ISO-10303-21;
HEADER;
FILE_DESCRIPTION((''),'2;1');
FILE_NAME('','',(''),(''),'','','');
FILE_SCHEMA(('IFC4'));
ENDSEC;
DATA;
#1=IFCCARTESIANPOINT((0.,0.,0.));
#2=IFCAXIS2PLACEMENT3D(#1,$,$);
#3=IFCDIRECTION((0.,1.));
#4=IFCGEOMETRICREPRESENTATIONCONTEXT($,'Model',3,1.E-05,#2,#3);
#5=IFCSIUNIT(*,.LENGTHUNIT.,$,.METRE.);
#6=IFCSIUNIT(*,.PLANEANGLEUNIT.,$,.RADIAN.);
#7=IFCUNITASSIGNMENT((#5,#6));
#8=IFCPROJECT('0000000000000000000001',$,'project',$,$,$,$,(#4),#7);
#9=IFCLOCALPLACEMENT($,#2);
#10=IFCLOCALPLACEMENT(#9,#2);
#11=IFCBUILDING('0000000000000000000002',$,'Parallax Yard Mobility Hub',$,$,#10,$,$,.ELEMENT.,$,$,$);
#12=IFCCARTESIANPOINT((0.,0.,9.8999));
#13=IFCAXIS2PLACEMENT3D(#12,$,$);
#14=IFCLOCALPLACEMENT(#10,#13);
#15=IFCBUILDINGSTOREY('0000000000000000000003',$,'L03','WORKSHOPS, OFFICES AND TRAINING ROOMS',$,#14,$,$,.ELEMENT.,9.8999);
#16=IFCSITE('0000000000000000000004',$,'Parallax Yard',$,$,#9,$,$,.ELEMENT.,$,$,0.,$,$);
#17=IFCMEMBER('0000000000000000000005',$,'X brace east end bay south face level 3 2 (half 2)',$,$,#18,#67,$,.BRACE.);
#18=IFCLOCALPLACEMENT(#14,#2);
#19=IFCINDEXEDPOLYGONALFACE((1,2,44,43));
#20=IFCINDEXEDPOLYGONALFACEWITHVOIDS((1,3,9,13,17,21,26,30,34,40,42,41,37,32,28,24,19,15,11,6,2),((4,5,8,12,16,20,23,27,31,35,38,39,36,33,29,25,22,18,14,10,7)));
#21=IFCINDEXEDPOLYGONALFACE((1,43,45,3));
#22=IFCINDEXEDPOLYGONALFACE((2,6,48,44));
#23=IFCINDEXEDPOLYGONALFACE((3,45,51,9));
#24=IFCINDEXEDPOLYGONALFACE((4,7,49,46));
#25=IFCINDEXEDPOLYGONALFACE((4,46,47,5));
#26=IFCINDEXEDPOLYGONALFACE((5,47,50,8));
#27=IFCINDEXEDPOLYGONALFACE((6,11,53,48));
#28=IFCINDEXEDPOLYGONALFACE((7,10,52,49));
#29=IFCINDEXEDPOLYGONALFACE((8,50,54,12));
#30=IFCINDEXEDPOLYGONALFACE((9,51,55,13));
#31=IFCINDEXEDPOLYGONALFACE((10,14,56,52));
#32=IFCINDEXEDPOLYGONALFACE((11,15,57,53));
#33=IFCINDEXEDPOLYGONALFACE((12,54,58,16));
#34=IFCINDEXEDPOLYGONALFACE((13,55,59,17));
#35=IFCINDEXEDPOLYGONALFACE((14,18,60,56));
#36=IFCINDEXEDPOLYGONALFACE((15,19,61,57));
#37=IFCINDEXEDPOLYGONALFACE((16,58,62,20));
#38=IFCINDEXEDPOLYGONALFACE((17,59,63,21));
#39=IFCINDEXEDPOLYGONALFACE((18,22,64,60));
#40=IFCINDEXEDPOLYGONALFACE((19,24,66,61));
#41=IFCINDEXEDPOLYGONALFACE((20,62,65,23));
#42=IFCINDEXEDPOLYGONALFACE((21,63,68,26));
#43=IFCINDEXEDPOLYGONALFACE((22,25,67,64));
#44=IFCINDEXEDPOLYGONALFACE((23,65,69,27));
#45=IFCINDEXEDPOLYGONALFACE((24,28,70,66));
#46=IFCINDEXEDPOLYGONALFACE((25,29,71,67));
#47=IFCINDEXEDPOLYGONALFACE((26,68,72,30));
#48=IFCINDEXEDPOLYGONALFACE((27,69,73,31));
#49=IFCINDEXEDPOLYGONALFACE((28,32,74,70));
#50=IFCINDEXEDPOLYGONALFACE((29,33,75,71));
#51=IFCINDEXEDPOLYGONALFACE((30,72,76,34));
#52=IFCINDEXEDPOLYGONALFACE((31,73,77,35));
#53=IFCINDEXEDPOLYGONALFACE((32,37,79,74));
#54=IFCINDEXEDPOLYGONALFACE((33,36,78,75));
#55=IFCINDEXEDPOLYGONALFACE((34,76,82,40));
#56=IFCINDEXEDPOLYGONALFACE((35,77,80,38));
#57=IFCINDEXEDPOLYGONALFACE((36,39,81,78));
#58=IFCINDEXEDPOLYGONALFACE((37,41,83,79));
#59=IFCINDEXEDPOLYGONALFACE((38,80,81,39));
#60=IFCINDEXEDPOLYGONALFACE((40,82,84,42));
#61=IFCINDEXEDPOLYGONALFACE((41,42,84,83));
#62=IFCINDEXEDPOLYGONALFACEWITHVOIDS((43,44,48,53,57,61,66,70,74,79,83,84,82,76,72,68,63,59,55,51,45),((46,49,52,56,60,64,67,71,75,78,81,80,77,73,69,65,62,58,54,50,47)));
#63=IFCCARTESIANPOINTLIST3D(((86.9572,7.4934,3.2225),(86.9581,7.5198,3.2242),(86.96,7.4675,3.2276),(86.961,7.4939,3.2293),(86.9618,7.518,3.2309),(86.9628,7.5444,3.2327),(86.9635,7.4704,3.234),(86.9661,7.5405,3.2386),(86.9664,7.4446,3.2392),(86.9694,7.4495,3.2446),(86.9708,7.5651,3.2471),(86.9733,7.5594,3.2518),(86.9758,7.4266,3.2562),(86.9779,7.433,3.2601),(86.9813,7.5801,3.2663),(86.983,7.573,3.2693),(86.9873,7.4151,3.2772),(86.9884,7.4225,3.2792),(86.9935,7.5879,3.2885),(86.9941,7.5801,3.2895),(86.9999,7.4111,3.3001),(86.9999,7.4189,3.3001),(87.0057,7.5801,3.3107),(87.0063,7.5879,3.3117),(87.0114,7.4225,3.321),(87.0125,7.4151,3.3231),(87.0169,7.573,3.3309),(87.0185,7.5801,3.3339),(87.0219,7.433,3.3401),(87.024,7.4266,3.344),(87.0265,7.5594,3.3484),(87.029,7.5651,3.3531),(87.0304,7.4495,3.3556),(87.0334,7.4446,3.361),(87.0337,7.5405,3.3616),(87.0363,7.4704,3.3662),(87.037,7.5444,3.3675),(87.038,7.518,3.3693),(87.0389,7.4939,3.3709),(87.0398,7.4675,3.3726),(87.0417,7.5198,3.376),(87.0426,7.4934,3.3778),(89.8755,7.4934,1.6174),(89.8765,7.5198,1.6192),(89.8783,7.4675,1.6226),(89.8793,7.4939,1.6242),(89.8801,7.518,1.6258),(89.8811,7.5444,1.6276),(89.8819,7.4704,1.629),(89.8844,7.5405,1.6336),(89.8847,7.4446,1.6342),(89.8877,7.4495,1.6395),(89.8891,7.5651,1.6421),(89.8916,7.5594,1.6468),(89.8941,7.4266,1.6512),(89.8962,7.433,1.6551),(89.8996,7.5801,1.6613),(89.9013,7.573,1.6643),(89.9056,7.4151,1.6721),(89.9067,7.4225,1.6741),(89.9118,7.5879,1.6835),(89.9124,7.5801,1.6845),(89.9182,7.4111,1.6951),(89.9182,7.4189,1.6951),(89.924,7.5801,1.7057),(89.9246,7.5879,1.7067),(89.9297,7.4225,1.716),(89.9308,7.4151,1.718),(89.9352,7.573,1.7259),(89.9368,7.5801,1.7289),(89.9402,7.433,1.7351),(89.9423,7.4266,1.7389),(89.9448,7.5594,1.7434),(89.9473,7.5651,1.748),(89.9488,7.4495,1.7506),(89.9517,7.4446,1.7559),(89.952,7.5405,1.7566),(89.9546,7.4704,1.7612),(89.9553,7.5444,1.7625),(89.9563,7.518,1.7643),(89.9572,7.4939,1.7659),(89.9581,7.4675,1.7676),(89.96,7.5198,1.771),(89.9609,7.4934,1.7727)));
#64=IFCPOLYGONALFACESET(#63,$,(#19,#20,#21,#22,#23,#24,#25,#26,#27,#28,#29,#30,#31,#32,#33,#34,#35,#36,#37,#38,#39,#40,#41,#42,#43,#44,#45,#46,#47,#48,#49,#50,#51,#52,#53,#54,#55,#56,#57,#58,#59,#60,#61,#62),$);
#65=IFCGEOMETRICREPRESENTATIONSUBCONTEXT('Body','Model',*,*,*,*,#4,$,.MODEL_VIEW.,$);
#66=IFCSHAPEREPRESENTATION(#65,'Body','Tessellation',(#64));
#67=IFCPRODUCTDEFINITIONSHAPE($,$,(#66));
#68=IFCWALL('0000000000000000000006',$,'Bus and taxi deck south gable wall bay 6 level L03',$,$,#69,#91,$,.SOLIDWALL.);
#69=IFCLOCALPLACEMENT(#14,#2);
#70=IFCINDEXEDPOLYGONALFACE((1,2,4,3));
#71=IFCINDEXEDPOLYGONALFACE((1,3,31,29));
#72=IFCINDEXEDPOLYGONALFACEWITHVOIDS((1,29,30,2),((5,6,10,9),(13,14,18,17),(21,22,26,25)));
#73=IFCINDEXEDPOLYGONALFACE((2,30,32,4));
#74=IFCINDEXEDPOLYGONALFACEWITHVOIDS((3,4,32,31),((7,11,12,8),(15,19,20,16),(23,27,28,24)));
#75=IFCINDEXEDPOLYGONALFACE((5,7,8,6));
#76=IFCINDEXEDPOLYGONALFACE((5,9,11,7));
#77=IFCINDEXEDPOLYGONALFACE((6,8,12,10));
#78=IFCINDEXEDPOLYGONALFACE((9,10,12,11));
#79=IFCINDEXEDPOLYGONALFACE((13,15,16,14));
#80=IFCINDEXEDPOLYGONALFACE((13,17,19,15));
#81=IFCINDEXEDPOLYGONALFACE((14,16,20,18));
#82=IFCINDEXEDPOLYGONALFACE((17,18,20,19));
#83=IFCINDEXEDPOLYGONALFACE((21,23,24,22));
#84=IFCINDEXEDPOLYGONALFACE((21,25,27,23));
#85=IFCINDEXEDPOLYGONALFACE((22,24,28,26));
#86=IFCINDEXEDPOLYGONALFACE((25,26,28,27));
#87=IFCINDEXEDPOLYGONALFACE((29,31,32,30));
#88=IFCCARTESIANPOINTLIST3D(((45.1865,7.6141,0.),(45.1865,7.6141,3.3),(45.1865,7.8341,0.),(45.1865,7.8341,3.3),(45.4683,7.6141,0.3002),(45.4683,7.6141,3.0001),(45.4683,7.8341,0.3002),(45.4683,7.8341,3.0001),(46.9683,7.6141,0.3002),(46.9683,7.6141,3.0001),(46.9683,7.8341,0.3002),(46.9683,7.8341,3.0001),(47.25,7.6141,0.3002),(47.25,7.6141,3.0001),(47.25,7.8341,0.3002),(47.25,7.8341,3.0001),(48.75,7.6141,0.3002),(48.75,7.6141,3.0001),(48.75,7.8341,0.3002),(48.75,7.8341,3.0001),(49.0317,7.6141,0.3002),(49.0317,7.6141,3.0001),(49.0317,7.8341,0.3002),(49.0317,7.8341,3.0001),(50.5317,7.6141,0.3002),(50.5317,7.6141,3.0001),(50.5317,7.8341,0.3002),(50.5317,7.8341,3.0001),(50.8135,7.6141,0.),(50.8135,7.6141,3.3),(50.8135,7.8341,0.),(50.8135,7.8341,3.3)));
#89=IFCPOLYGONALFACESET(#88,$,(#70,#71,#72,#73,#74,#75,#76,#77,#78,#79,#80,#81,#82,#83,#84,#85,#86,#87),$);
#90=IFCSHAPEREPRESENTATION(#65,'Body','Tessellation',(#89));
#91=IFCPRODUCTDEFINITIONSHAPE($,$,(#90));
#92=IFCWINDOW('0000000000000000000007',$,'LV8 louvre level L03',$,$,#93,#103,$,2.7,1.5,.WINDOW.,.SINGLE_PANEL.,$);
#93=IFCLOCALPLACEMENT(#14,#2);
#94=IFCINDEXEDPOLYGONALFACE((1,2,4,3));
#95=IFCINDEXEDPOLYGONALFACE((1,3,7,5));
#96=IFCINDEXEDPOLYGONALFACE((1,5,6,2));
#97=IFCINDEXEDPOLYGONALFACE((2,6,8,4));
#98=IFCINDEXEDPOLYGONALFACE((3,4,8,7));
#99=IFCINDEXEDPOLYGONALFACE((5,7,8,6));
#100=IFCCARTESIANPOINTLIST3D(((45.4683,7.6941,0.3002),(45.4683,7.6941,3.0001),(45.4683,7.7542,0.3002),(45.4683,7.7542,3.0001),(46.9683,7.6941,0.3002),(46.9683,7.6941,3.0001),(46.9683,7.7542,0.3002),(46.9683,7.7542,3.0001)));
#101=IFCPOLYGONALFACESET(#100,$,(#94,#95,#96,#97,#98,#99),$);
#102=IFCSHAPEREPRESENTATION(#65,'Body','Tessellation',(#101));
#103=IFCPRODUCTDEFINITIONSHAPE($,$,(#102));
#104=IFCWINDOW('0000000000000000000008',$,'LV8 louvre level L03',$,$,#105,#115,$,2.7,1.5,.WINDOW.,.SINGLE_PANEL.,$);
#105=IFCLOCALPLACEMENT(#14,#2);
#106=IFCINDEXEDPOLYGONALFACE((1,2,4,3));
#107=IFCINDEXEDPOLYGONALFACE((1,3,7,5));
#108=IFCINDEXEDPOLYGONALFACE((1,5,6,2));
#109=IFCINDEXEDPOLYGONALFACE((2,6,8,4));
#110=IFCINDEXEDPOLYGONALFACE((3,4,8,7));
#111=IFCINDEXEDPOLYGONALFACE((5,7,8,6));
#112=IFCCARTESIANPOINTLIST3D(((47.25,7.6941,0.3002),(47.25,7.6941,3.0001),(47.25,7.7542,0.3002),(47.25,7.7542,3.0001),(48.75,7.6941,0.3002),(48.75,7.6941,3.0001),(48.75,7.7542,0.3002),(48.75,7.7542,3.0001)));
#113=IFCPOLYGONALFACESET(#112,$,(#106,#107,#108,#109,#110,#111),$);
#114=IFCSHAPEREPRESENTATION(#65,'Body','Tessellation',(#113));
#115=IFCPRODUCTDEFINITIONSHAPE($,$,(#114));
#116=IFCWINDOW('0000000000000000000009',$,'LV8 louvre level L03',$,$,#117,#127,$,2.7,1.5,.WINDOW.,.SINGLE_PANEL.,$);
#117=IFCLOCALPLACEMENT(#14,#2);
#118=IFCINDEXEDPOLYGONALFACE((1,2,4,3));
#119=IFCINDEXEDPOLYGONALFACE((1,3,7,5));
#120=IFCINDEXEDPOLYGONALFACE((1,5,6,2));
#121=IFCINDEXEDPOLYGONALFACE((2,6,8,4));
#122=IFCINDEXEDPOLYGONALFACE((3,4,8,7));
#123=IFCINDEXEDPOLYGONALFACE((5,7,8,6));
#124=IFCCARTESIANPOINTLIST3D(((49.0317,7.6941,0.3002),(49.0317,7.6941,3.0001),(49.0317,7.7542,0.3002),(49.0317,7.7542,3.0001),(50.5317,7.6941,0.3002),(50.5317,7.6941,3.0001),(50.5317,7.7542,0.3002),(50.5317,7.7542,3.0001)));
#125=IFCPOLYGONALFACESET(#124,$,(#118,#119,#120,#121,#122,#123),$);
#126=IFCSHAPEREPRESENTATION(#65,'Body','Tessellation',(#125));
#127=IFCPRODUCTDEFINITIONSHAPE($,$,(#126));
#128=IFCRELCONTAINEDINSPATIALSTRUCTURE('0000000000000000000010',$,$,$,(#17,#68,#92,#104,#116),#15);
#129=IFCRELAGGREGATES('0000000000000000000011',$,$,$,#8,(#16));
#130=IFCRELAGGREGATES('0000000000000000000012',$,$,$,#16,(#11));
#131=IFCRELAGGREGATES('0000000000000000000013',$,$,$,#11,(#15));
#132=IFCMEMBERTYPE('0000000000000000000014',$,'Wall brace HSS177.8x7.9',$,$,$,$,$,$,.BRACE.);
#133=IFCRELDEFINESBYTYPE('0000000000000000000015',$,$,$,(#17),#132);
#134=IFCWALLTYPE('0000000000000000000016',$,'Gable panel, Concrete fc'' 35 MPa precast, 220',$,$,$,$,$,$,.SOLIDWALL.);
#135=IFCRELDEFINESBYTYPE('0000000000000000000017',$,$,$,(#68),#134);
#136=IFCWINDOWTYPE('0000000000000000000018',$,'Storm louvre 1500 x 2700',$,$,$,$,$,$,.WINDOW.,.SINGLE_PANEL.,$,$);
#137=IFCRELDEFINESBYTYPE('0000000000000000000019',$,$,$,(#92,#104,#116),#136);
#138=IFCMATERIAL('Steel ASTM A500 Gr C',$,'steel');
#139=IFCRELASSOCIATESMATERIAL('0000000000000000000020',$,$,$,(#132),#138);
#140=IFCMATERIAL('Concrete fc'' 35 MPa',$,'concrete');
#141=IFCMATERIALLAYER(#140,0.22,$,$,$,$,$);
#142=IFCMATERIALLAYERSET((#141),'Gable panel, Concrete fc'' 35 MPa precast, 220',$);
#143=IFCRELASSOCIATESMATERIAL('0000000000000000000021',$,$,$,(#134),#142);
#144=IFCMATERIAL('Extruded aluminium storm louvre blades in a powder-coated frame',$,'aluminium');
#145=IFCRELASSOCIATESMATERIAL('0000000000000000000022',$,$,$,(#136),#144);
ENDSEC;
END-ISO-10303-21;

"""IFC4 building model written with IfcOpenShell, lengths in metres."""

from ifc_helpers import new_model, si_unit, direction, frame, frame_2d, origin, origin_2d, place, context, subcontext, project, spatial, rectangle, hollow_circle, extrude, material, layer, layer_set, material_profile, profile_set, type_object, element, fill, save


model = new_model("IFC4")

# Units and contexts
model_context = context("Model", 3, precision=1e-05, world=origin(), true_north=direction((0.0, 1.0)))
body_context = subcontext(model_context, "Body", "Model", "MODEL_VIEW")
ifc_project = project(units=[si_unit("LENGTHUNIT", "METRE"), si_unit("PLANEANGLEUNIT", "RADIAN")], contexts=[model_context])

# Site, building, storey
site_placement = place(None, origin())
site = spatial("IfcSite", under=ifc_project, at=site_placement, Name="Parallax Yard", CompositionType="ELEMENT", RefElevation=0.0)
building_placement = place(site_placement, origin())
building = spatial("IfcBuilding", under=site, at=building_placement, Name="Parallax Yard Mobility Hub", CompositionType="ELEMENT")
storey_placement = place(building_placement, frame((0.0, 0.0, 9.8999)))
storey = spatial("IfcBuildingStorey", under=building, at=storey_placement, Name="L03", Description="WORKSHOPS, OFFICES AND TRAINING ROOMS", CompositionType="ELEMENT", Elevation=9.8999)

# Member
ifc_material_1 = material(Name="Steel ASTM A500 Gr C", Category="steel")
ifc_material_profile = material_profile(ifc_material_1, hollow_circle(Radius=0.0889, WallThickness=0.0078, at=origin_2d()), Name="HSS177.8x7.9")
ifc_profile_set = profile_set([ifc_material_profile], Name="Steel ASTM A500 Gr C")
member_type = type_object("IfcMemberType", Name="Wall brace HSS177.8x7.9", PredefinedType="BRACE", material=ifc_profile_set)
member_placement = place(storey_placement, frame((89.9182, 7.5, 1.6951), z_axis=(-0.876221, 0.0, 0.48191), x_axis=(0.0, -1.0, 0.0)))
element("IfcMember", 1, at=member_placement, inside=storey, type_object=member_type, Name="X brace east end bay south face level 3 2 (half 2)", PredefinedType="BRACE", context=body_context, shape_type="SweptSolid", body=[
    extrude(hollow_circle(Radius=0.0889, WallThickness=0.0078, at=origin_2d()), origin(), (0.0, 0.0, 1.0), 3.3306),
])

# Wall, openings, windows
ifc_material_2 = material(Name="Concrete fc' 35 MPa", Category="concrete")
ifc_layer_1 = layer(ifc_material_2, 0.22)
ifc_layer_set_1 = layer_set([ifc_layer_1], Name="Gable panel, Concrete fc' 35 MPa precast, 220")
wall_type = type_object("IfcWallType", Name="Gable panel, Concrete fc' 35 MPa precast, 220", PredefinedType="SOLIDWALL", material=ifc_layer_set_1)
wall_1_placement = place(storey_placement, frame((45.1865, 7.7241, 0.0), z_axis=(0.0, 0.0, 1.0), x_axis=(1.0, 0.0, 0.0)))
wall_1 = element("IfcWall", 2, at=wall_1_placement, inside=storey, type_object=wall_type, Name="Bus and taxi deck south gable wall bay 6 level L03", PredefinedType="SOLIDWALL", context=body_context, shape_type="SweptSolid", body=[
    extrude(rectangle(XDim=5.627, YDim=0.22, at=frame_2d((2.8135, 0.0))), origin(), (0.0, 0.0, 1.0), 3.3),
])
opening_1_placement = place(wall_1_placement, frame((0.2817, 0.0, 0.3)))
opening_1 = element("IfcOpeningElement", 3, at=opening_1_placement, cuts=wall_1, PredefinedType="OPENING", context=body_context, shape_type="SweptSolid", body=[
    extrude(rectangle(XDim=1.5, YDim=2.7, at=frame_2d((0.75, 1.3501))), frame((0.0, 0.1201, 0.0), z_axis=(0.0, -1.0, 0.0), x_axis=(1.0, 0.0, 0.0)), (0.0, 0.0, 1.0), 0.24),
])
opening_2_placement = place(wall_1_placement, frame((2.0635, 0.0, 0.3)))
opening_2 = element("IfcOpeningElement", 4, at=opening_2_placement, cuts=wall_1, PredefinedType="OPENING", context=body_context, shape_type="SweptSolid", body=[
    extrude(rectangle(XDim=1.5, YDim=2.7, at=frame_2d((0.75, 1.3501))), frame((0.0, 0.1201, 0.0), z_axis=(0.0, -1.0, 0.0), x_axis=(1.0, 0.0, 0.0)), (0.0, 0.0, 1.0), 0.24),
])
opening_3_placement = place(wall_1_placement, frame((3.8452, 0.0, 0.3)))
opening_3 = element("IfcOpeningElement", 5, at=opening_3_placement, cuts=wall_1, PredefinedType="OPENING", context=body_context, shape_type="SweptSolid", body=[
    extrude(rectangle(XDim=1.5, YDim=2.7, at=frame_2d((0.75, 1.3501))), frame((0.0, 0.1201, 0.0), z_axis=(0.0, -1.0, 0.0), x_axis=(1.0, 0.0, 0.0)), (0.0, 0.0, 1.0), 0.24),
])
ifc_material_3 = material(Name="Extruded aluminium storm louvre blades in a powder-coated frame", Category="aluminium")
window_type = type_object("IfcWindowType", Name="Storm louvre 1500 x 2700", PartitioningType="SINGLE_PANEL", PredefinedType="WINDOW", material=ifc_material_3)
window_1_placement = place(opening_1_placement, origin())
window_1 = element("IfcWindow", 6, at=window_1_placement, inside=storey, type_object=window_type, Name="LV8 louvre level L03", OverallHeight=2.7, OverallWidth=1.5, PartitioningType="SINGLE_PANEL", PredefinedType="WINDOW", context=body_context, shape_type="SweptSolid", body=[
    extrude(rectangle(XDim=1.5, YDim=2.7, at=frame_2d((0.75, 1.3501))), frame((0.0, 0.03, 0.0), z_axis=(0.0, -1.0, 0.0), x_axis=(1.0, 0.0, 0.0)), (0.0, 0.0, 1.0), 0.0601),
])
fill(opening_1, window_1)
window_2_placement = place(opening_2_placement, origin())
window_2 = element("IfcWindow", 7, at=window_2_placement, inside=storey, type_object=window_type, Name="LV8 louvre level L03", OverallHeight=2.7, OverallWidth=1.5, PartitioningType="SINGLE_PANEL", PredefinedType="WINDOW", context=body_context, shape_type="SweptSolid", body=[
    extrude(rectangle(XDim=1.5, YDim=2.7, at=frame_2d((0.75, 1.3501))), frame((0.0, 0.03, 0.0), z_axis=(0.0, -1.0, 0.0), x_axis=(1.0, 0.0, 0.0)), (0.0, 0.0, 1.0), 0.0601),
])
fill(opening_2, window_2)
window_3_placement = place(opening_3_placement, origin())
window_3 = element("IfcWindow", 8, at=window_3_placement, inside=storey, type_object=window_type, Name="LV8 louvre level L03", OverallHeight=2.7, OverallWidth=1.5, PartitioningType="SINGLE_PANEL", PredefinedType="WINDOW", context=body_context, shape_type="SweptSolid", body=[
    extrude(rectangle(XDim=1.5, YDim=2.7, at=frame_2d((0.75, 1.3501))), frame((0.0, 0.03, 0.0), z_axis=(0.0, -1.0, 0.0), x_axis=(1.0, 0.0, 0.0)), (0.0, 0.0, 1.0), 0.0601),
])
fill(opening_3, window_3)

save(model, "model.ifc")
